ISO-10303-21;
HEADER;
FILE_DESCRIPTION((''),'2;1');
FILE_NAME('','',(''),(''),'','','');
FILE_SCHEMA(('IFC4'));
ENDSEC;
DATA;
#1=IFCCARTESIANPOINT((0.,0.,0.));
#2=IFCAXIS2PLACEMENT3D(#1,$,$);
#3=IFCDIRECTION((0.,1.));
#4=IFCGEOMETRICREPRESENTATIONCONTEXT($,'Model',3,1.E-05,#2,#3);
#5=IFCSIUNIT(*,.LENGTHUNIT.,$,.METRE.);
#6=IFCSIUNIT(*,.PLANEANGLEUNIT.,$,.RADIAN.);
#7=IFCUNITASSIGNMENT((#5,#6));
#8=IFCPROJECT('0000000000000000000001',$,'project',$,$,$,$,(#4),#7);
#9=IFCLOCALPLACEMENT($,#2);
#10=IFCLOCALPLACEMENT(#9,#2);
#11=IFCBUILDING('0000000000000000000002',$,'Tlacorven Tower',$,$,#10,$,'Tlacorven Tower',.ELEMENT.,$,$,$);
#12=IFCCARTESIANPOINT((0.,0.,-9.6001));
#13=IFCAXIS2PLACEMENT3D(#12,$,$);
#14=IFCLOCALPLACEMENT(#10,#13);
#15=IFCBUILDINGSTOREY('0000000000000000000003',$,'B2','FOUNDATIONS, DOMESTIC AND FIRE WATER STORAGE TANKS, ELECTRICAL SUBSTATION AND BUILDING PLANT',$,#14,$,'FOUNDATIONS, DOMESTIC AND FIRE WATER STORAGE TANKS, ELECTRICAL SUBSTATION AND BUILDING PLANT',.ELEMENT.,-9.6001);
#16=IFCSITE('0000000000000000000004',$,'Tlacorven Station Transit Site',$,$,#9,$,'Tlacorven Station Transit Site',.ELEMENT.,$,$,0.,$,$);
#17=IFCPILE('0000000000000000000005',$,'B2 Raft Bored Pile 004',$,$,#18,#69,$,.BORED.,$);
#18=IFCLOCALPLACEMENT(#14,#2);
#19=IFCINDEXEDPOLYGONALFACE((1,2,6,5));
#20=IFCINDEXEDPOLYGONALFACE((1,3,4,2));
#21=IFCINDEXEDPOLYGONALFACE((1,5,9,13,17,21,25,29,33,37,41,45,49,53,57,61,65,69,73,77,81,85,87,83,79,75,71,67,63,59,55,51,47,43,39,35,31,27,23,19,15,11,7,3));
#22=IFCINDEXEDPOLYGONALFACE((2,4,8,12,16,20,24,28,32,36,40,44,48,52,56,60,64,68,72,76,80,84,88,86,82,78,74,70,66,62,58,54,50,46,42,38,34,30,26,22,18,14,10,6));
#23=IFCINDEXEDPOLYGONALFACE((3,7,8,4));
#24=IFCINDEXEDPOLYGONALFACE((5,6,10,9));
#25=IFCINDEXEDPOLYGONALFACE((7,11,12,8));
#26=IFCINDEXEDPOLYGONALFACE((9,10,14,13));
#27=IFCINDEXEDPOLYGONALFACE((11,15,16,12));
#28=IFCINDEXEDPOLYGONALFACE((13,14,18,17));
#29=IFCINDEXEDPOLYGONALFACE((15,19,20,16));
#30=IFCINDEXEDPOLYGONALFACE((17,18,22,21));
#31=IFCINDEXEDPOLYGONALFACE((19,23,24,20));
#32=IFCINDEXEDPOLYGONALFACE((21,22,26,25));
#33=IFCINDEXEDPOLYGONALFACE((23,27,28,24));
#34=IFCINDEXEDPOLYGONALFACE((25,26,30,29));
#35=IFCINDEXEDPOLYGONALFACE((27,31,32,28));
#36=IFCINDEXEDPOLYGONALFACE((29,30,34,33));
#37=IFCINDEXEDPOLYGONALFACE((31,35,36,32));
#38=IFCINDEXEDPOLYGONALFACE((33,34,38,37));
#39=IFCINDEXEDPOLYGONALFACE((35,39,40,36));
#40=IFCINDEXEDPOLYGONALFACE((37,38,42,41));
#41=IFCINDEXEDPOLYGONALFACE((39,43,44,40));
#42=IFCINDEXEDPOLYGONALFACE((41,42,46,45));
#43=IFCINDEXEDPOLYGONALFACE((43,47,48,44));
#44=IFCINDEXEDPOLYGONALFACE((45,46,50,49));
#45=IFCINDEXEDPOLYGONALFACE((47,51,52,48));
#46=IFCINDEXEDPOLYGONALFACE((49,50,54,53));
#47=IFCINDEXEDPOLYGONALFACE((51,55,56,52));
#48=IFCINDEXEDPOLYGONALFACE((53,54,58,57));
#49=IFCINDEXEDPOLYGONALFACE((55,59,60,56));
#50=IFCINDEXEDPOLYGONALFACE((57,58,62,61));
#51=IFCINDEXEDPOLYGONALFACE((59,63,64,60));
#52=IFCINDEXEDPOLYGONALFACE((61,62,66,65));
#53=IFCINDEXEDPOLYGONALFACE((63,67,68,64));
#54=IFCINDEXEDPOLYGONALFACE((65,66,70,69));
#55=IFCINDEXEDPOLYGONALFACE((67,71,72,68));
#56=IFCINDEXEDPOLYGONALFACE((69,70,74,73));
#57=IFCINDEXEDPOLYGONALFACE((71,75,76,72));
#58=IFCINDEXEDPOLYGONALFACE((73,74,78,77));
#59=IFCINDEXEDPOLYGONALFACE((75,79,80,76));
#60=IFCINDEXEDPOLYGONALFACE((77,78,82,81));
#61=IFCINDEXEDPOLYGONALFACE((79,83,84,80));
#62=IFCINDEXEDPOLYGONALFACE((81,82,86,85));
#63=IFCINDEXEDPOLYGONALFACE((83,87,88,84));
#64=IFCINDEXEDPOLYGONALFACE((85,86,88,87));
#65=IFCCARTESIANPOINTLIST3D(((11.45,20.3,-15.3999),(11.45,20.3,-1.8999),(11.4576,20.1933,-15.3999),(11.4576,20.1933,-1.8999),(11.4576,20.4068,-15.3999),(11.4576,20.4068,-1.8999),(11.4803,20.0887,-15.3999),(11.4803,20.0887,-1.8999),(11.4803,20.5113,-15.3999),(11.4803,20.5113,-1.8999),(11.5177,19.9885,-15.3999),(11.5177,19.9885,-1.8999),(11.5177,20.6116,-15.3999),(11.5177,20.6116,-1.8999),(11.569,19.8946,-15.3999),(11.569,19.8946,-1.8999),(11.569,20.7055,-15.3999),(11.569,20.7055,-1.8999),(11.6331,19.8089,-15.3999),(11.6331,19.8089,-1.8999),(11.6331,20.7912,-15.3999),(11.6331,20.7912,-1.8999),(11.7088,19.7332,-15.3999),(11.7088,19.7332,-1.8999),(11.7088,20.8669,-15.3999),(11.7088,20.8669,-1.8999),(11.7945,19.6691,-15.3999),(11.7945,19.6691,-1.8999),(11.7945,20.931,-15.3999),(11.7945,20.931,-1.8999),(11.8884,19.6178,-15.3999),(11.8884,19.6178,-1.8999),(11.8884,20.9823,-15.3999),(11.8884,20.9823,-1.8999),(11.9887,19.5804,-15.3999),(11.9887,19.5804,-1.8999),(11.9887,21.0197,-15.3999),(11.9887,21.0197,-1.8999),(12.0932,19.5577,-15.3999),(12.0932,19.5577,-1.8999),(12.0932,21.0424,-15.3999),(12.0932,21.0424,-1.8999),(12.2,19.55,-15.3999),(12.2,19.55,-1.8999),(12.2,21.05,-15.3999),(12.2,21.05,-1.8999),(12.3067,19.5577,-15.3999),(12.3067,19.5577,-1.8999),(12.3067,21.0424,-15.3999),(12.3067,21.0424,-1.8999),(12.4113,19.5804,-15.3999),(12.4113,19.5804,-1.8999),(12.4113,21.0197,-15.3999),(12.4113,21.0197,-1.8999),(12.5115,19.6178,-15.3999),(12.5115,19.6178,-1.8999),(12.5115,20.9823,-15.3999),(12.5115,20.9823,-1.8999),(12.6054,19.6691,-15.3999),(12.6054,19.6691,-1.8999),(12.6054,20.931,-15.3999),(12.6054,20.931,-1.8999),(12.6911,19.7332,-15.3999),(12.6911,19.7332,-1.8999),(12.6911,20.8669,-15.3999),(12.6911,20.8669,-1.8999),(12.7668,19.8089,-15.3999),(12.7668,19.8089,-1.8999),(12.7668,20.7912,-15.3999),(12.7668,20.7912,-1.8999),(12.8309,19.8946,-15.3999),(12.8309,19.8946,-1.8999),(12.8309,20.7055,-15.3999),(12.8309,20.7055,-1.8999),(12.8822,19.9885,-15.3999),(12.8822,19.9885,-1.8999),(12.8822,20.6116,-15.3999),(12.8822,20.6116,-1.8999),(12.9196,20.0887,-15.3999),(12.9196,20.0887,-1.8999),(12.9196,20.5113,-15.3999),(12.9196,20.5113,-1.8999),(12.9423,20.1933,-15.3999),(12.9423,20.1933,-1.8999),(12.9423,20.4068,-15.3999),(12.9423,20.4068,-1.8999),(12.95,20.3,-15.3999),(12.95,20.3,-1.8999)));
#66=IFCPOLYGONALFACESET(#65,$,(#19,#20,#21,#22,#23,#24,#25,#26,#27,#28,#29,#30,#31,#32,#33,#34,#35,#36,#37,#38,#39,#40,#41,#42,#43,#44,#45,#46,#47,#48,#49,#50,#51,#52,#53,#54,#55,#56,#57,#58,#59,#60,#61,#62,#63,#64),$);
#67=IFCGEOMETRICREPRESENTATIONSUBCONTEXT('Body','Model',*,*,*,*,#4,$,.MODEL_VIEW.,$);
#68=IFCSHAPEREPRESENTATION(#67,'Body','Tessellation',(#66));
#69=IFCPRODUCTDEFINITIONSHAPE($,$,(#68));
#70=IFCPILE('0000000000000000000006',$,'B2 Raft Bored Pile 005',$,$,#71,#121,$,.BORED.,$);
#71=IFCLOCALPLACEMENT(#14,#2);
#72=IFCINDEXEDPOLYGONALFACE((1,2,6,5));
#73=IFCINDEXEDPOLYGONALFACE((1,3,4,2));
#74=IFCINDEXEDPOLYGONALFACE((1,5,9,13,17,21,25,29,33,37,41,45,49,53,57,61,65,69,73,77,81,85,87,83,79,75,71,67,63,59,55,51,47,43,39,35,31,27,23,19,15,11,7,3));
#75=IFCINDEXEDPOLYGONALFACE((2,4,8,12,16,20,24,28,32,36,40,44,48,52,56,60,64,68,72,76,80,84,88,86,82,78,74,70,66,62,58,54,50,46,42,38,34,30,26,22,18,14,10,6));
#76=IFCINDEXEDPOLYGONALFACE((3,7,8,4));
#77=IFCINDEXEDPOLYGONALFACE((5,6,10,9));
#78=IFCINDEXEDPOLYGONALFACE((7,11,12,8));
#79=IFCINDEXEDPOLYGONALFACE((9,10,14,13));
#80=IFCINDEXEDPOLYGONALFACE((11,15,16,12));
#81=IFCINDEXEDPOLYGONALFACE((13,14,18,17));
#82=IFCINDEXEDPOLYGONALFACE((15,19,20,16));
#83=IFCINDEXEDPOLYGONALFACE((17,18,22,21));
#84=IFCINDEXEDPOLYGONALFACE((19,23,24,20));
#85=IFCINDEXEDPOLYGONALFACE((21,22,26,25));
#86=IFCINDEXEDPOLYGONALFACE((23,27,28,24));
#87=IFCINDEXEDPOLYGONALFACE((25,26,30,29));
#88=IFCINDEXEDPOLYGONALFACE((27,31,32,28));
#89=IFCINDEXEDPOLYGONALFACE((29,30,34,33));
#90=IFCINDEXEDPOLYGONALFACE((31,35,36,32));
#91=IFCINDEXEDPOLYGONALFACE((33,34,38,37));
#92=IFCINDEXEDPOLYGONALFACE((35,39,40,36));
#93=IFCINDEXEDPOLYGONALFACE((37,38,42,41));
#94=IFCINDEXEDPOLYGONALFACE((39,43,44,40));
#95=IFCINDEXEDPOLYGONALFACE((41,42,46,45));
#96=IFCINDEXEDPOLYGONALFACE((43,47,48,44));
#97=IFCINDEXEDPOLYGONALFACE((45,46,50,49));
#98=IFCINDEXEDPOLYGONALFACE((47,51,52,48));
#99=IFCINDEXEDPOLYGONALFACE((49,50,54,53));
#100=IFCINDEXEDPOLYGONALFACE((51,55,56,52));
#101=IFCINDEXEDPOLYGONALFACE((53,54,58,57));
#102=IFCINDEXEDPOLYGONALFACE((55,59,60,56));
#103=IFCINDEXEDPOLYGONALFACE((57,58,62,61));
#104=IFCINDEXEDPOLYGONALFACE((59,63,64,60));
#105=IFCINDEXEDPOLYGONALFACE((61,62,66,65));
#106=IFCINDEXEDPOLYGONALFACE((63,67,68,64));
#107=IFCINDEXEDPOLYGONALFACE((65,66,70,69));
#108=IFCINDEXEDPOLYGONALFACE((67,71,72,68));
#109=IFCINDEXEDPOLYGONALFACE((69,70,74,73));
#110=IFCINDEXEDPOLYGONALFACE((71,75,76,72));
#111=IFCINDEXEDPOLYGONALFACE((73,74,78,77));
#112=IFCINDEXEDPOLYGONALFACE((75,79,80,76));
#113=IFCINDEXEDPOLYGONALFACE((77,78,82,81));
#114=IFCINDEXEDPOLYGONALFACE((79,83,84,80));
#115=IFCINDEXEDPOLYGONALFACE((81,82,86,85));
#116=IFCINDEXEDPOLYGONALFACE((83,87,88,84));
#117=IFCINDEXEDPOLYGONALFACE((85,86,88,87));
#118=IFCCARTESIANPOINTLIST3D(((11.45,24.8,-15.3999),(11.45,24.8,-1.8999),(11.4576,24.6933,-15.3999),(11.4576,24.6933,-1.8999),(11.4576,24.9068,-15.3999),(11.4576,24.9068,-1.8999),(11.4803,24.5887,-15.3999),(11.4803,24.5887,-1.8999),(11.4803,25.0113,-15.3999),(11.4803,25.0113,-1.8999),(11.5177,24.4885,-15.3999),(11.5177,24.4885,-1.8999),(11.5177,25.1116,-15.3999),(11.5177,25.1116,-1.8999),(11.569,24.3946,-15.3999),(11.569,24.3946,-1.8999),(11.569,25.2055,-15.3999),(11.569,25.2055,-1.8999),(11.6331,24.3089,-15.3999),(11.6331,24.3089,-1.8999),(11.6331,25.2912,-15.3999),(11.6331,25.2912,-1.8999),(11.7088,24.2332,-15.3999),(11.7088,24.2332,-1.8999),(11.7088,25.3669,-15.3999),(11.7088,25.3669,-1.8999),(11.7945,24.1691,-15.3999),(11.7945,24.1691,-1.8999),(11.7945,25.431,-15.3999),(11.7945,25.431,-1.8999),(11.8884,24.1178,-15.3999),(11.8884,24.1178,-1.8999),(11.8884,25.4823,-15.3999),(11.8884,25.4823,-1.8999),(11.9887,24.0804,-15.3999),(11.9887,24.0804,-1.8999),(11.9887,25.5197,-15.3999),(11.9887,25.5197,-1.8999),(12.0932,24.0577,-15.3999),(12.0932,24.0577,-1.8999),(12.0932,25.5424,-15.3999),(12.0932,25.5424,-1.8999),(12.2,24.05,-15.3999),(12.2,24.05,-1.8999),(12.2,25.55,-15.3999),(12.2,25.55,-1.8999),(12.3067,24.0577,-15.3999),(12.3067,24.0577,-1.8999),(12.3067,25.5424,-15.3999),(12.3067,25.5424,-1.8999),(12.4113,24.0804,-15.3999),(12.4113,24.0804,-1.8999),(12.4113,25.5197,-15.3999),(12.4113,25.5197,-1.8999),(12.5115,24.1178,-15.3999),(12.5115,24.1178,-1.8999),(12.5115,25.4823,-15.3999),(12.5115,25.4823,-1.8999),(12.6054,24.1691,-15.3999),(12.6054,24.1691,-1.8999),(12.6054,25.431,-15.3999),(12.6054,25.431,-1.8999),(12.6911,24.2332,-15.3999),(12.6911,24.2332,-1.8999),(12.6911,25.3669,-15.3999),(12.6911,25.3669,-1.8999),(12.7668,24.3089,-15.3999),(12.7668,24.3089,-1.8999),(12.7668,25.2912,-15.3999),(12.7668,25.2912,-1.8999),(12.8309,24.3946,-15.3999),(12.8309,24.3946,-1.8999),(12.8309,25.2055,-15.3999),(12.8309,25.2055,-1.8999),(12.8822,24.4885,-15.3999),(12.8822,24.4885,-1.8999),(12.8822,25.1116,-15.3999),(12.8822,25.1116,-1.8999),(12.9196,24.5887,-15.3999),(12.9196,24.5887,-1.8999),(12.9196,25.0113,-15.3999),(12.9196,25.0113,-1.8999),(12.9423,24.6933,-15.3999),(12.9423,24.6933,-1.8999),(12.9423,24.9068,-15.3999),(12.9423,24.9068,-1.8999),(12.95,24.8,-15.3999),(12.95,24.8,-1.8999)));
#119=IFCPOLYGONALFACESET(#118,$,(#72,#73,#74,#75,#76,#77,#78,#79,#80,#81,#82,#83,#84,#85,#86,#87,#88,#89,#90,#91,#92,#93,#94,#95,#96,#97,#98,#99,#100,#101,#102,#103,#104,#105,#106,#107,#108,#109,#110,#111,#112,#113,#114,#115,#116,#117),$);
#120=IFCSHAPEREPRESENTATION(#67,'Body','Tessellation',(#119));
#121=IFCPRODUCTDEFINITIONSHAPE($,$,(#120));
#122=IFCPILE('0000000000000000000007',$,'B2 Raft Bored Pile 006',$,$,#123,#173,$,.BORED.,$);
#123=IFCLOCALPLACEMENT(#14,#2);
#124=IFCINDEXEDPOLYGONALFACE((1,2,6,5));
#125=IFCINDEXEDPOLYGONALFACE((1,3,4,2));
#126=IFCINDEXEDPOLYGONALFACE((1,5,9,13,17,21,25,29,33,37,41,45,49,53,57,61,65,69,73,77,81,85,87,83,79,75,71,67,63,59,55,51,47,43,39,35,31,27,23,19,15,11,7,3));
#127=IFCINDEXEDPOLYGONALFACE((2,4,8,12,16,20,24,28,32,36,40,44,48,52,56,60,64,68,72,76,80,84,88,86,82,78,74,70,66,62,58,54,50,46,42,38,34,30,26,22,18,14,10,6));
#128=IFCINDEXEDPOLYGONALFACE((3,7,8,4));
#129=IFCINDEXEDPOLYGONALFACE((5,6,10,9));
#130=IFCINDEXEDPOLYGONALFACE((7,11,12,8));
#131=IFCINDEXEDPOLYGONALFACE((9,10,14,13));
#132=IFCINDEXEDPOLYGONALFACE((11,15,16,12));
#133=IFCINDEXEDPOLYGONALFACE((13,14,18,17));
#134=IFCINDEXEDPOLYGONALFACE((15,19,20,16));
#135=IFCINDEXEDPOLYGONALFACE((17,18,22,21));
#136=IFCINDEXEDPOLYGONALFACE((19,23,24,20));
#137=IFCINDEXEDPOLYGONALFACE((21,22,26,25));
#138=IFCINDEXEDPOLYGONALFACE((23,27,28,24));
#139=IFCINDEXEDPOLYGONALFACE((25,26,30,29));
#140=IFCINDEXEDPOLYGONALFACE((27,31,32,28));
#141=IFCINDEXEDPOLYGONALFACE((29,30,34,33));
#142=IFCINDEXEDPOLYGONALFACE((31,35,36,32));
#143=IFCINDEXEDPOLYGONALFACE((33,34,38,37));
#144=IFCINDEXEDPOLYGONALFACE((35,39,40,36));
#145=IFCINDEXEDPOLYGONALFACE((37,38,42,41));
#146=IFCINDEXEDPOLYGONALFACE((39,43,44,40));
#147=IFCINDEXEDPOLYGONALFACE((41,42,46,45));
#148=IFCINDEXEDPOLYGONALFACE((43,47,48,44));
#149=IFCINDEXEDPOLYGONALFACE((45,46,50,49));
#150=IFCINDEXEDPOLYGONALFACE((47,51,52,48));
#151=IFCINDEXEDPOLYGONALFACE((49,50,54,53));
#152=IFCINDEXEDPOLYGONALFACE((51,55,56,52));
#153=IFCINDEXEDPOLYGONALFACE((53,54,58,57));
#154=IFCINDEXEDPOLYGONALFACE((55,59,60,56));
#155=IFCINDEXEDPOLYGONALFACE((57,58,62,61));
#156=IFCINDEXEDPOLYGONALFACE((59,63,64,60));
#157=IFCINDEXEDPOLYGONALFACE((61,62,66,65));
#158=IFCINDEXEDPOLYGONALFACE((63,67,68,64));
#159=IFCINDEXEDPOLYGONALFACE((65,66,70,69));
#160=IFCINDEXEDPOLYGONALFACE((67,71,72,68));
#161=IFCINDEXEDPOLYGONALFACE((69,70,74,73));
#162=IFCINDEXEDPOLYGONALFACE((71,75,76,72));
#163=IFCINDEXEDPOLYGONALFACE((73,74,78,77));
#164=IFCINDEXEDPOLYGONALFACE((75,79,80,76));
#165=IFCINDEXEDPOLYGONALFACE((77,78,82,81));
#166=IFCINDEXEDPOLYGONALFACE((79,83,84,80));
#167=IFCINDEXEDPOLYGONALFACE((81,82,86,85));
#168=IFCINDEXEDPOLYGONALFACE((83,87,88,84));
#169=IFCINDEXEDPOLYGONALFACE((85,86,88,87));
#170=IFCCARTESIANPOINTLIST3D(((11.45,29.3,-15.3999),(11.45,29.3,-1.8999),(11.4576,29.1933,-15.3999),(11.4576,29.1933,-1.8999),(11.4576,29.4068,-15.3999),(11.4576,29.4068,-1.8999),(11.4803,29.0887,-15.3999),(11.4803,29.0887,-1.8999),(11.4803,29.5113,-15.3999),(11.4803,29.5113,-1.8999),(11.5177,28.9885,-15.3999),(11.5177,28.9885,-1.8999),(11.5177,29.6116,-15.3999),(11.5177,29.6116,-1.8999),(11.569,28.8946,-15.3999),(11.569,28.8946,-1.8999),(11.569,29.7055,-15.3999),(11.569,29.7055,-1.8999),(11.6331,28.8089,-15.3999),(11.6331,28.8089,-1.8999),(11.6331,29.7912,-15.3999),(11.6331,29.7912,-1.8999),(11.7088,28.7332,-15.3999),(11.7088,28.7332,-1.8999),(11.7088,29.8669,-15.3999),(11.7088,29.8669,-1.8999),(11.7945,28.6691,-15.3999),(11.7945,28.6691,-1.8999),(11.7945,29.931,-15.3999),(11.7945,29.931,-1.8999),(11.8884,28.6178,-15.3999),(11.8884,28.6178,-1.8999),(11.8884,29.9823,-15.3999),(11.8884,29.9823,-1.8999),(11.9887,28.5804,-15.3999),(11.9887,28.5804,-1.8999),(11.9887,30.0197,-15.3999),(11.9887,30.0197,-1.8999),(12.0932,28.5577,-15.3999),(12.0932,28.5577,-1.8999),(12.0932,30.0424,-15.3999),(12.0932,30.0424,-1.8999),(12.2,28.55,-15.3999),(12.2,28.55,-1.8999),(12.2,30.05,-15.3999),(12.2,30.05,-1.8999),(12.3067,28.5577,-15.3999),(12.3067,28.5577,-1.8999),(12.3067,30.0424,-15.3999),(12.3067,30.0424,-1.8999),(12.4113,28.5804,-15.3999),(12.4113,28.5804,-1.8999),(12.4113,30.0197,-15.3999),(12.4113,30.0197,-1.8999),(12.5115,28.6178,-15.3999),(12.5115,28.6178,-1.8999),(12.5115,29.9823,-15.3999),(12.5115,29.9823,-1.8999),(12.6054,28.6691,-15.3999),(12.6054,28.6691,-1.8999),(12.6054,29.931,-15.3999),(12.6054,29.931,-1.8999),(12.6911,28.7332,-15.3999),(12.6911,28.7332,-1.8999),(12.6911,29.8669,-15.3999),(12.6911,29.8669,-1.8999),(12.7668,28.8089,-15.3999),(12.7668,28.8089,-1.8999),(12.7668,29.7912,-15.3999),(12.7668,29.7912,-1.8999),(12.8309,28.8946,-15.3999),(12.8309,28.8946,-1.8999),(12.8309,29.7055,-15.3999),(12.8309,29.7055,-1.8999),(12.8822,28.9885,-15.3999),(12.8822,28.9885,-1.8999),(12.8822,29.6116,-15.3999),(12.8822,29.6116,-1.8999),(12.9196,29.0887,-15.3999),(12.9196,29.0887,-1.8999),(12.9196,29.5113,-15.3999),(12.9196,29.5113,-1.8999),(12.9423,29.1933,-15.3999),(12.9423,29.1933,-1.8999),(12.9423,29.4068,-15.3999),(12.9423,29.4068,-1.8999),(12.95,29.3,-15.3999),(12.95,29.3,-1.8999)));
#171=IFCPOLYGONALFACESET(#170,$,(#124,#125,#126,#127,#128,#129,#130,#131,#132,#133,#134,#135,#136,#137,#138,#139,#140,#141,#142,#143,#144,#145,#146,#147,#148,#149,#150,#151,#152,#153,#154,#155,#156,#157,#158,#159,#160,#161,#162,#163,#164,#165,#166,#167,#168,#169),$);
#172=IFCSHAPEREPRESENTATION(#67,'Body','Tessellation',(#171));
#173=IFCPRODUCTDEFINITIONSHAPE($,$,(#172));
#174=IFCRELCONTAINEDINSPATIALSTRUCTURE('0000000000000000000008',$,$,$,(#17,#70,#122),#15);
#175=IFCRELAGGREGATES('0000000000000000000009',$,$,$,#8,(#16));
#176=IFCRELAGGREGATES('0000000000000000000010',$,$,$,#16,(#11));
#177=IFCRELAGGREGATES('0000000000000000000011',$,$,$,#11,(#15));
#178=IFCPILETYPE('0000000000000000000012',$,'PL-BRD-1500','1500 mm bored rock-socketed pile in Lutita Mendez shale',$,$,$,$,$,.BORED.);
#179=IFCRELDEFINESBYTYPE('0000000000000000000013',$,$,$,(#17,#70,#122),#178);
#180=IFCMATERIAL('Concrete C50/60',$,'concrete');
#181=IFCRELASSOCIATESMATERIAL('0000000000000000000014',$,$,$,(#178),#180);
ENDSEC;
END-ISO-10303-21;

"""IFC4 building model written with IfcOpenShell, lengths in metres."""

from ifc_helpers import new_model, si_unit, direction, frame, origin, origin_2d, place, context, subcontext, project, spatial, circle, extrude, source, transform, mapped, material, material_profile, profile_set, type_object, element, save


model = new_model("IFC4")

# Units and contexts
model_context = context("Model", 3, precision=1e-05, world=origin(), true_north=direction((0.0, 1.0)))
body_context = subcontext(model_context, "Body", "Model", "MODEL_VIEW")
ifc_project = project(units=[si_unit("LENGTHUNIT", "METRE"), si_unit("PLANEANGLEUNIT", "RADIAN")], contexts=[model_context])

# Site, building, storey
site_placement = place(None, origin())
site = spatial("IfcSite", under=ifc_project, at=site_placement, Name="Tlacorven Station Transit Site", LongName="Tlacorven Station Transit Site", CompositionType="ELEMENT", RefElevation=0.0)
building_placement = place(site_placement, origin())
building = spatial("IfcBuilding", under=site, at=building_placement, Name="Tlacorven Tower", LongName="Tlacorven Tower", CompositionType="ELEMENT")
storey_placement = place(building_placement, frame((0.0, 0.0, -9.6001)))
storey = spatial("IfcBuildingStorey", under=building, at=storey_placement, Name="B2", Description="FOUNDATIONS, DOMESTIC AND FIRE WATER STORAGE TANKS, ELECTRICAL SUBSTATION AND BUILDING PLANT", LongName="FOUNDATIONS, DOMESTIC AND FIRE WATER STORAGE TANKS, ELECTRICAL SUBSTATION AND BUILDING PLANT", CompositionType="ELEMENT", Elevation=-9.6001)

# Piles
ifc_material_1 = material(Name="Concrete C50/60", Category="concrete")
ifc_material_profile_1 = material_profile(ifc_material_1, circle(Radius=0.75, at=origin_2d()), Name="BORED PILE D1500")
ifc_profile_set_1 = profile_set([ifc_material_profile_1], Name="Concrete C50/60")
pile_type_1 = type_object("IfcPileType", Name="PL-BRD-1500", Description="1500 mm bored rock-socketed pile in Lutita Mendez shale", PredefinedType="BORED", material=ifc_profile_set_1)
shared_shape_1 = source(origin(), body_context, "Body", "SweptSolid", [
    extrude(circle(Radius=0.75, at=origin_2d()), origin(), (0.0, 0.0, 1.0), 13.5),
])
for number, where, z_axis, x_axis, name in (
    (1, (12.2, 20.3, -1.8999), (0.0, 0.0, -1.0), (1.0, 0.0, 0.0), "B2 Raft Bored Pile 004"),
    (2, (12.2, 24.8, -1.8999), (0.0, 0.0, -1.0), (1.0, 0.0, 0.0), "B2 Raft Bored Pile 005"),
    (3, (12.2, 29.3, -1.8999), (0.0, 0.0, -1.0), (1.0, 0.0, 0.0), "B2 Raft Bored Pile 006"),
):
    element("IfcPile", number, at=place(storey_placement, frame(where, z_axis=z_axis, x_axis=x_axis)), inside=storey, type_object=pile_type_1, Name=name, PredefinedType="BORED", context=body_context, shape_type="MappedRepresentation", body=[
        mapped(shared_shape_1, transform((0.0, 0.0, 0.0), scale=1.0)),
    ])

save(model, "model.ifc")
